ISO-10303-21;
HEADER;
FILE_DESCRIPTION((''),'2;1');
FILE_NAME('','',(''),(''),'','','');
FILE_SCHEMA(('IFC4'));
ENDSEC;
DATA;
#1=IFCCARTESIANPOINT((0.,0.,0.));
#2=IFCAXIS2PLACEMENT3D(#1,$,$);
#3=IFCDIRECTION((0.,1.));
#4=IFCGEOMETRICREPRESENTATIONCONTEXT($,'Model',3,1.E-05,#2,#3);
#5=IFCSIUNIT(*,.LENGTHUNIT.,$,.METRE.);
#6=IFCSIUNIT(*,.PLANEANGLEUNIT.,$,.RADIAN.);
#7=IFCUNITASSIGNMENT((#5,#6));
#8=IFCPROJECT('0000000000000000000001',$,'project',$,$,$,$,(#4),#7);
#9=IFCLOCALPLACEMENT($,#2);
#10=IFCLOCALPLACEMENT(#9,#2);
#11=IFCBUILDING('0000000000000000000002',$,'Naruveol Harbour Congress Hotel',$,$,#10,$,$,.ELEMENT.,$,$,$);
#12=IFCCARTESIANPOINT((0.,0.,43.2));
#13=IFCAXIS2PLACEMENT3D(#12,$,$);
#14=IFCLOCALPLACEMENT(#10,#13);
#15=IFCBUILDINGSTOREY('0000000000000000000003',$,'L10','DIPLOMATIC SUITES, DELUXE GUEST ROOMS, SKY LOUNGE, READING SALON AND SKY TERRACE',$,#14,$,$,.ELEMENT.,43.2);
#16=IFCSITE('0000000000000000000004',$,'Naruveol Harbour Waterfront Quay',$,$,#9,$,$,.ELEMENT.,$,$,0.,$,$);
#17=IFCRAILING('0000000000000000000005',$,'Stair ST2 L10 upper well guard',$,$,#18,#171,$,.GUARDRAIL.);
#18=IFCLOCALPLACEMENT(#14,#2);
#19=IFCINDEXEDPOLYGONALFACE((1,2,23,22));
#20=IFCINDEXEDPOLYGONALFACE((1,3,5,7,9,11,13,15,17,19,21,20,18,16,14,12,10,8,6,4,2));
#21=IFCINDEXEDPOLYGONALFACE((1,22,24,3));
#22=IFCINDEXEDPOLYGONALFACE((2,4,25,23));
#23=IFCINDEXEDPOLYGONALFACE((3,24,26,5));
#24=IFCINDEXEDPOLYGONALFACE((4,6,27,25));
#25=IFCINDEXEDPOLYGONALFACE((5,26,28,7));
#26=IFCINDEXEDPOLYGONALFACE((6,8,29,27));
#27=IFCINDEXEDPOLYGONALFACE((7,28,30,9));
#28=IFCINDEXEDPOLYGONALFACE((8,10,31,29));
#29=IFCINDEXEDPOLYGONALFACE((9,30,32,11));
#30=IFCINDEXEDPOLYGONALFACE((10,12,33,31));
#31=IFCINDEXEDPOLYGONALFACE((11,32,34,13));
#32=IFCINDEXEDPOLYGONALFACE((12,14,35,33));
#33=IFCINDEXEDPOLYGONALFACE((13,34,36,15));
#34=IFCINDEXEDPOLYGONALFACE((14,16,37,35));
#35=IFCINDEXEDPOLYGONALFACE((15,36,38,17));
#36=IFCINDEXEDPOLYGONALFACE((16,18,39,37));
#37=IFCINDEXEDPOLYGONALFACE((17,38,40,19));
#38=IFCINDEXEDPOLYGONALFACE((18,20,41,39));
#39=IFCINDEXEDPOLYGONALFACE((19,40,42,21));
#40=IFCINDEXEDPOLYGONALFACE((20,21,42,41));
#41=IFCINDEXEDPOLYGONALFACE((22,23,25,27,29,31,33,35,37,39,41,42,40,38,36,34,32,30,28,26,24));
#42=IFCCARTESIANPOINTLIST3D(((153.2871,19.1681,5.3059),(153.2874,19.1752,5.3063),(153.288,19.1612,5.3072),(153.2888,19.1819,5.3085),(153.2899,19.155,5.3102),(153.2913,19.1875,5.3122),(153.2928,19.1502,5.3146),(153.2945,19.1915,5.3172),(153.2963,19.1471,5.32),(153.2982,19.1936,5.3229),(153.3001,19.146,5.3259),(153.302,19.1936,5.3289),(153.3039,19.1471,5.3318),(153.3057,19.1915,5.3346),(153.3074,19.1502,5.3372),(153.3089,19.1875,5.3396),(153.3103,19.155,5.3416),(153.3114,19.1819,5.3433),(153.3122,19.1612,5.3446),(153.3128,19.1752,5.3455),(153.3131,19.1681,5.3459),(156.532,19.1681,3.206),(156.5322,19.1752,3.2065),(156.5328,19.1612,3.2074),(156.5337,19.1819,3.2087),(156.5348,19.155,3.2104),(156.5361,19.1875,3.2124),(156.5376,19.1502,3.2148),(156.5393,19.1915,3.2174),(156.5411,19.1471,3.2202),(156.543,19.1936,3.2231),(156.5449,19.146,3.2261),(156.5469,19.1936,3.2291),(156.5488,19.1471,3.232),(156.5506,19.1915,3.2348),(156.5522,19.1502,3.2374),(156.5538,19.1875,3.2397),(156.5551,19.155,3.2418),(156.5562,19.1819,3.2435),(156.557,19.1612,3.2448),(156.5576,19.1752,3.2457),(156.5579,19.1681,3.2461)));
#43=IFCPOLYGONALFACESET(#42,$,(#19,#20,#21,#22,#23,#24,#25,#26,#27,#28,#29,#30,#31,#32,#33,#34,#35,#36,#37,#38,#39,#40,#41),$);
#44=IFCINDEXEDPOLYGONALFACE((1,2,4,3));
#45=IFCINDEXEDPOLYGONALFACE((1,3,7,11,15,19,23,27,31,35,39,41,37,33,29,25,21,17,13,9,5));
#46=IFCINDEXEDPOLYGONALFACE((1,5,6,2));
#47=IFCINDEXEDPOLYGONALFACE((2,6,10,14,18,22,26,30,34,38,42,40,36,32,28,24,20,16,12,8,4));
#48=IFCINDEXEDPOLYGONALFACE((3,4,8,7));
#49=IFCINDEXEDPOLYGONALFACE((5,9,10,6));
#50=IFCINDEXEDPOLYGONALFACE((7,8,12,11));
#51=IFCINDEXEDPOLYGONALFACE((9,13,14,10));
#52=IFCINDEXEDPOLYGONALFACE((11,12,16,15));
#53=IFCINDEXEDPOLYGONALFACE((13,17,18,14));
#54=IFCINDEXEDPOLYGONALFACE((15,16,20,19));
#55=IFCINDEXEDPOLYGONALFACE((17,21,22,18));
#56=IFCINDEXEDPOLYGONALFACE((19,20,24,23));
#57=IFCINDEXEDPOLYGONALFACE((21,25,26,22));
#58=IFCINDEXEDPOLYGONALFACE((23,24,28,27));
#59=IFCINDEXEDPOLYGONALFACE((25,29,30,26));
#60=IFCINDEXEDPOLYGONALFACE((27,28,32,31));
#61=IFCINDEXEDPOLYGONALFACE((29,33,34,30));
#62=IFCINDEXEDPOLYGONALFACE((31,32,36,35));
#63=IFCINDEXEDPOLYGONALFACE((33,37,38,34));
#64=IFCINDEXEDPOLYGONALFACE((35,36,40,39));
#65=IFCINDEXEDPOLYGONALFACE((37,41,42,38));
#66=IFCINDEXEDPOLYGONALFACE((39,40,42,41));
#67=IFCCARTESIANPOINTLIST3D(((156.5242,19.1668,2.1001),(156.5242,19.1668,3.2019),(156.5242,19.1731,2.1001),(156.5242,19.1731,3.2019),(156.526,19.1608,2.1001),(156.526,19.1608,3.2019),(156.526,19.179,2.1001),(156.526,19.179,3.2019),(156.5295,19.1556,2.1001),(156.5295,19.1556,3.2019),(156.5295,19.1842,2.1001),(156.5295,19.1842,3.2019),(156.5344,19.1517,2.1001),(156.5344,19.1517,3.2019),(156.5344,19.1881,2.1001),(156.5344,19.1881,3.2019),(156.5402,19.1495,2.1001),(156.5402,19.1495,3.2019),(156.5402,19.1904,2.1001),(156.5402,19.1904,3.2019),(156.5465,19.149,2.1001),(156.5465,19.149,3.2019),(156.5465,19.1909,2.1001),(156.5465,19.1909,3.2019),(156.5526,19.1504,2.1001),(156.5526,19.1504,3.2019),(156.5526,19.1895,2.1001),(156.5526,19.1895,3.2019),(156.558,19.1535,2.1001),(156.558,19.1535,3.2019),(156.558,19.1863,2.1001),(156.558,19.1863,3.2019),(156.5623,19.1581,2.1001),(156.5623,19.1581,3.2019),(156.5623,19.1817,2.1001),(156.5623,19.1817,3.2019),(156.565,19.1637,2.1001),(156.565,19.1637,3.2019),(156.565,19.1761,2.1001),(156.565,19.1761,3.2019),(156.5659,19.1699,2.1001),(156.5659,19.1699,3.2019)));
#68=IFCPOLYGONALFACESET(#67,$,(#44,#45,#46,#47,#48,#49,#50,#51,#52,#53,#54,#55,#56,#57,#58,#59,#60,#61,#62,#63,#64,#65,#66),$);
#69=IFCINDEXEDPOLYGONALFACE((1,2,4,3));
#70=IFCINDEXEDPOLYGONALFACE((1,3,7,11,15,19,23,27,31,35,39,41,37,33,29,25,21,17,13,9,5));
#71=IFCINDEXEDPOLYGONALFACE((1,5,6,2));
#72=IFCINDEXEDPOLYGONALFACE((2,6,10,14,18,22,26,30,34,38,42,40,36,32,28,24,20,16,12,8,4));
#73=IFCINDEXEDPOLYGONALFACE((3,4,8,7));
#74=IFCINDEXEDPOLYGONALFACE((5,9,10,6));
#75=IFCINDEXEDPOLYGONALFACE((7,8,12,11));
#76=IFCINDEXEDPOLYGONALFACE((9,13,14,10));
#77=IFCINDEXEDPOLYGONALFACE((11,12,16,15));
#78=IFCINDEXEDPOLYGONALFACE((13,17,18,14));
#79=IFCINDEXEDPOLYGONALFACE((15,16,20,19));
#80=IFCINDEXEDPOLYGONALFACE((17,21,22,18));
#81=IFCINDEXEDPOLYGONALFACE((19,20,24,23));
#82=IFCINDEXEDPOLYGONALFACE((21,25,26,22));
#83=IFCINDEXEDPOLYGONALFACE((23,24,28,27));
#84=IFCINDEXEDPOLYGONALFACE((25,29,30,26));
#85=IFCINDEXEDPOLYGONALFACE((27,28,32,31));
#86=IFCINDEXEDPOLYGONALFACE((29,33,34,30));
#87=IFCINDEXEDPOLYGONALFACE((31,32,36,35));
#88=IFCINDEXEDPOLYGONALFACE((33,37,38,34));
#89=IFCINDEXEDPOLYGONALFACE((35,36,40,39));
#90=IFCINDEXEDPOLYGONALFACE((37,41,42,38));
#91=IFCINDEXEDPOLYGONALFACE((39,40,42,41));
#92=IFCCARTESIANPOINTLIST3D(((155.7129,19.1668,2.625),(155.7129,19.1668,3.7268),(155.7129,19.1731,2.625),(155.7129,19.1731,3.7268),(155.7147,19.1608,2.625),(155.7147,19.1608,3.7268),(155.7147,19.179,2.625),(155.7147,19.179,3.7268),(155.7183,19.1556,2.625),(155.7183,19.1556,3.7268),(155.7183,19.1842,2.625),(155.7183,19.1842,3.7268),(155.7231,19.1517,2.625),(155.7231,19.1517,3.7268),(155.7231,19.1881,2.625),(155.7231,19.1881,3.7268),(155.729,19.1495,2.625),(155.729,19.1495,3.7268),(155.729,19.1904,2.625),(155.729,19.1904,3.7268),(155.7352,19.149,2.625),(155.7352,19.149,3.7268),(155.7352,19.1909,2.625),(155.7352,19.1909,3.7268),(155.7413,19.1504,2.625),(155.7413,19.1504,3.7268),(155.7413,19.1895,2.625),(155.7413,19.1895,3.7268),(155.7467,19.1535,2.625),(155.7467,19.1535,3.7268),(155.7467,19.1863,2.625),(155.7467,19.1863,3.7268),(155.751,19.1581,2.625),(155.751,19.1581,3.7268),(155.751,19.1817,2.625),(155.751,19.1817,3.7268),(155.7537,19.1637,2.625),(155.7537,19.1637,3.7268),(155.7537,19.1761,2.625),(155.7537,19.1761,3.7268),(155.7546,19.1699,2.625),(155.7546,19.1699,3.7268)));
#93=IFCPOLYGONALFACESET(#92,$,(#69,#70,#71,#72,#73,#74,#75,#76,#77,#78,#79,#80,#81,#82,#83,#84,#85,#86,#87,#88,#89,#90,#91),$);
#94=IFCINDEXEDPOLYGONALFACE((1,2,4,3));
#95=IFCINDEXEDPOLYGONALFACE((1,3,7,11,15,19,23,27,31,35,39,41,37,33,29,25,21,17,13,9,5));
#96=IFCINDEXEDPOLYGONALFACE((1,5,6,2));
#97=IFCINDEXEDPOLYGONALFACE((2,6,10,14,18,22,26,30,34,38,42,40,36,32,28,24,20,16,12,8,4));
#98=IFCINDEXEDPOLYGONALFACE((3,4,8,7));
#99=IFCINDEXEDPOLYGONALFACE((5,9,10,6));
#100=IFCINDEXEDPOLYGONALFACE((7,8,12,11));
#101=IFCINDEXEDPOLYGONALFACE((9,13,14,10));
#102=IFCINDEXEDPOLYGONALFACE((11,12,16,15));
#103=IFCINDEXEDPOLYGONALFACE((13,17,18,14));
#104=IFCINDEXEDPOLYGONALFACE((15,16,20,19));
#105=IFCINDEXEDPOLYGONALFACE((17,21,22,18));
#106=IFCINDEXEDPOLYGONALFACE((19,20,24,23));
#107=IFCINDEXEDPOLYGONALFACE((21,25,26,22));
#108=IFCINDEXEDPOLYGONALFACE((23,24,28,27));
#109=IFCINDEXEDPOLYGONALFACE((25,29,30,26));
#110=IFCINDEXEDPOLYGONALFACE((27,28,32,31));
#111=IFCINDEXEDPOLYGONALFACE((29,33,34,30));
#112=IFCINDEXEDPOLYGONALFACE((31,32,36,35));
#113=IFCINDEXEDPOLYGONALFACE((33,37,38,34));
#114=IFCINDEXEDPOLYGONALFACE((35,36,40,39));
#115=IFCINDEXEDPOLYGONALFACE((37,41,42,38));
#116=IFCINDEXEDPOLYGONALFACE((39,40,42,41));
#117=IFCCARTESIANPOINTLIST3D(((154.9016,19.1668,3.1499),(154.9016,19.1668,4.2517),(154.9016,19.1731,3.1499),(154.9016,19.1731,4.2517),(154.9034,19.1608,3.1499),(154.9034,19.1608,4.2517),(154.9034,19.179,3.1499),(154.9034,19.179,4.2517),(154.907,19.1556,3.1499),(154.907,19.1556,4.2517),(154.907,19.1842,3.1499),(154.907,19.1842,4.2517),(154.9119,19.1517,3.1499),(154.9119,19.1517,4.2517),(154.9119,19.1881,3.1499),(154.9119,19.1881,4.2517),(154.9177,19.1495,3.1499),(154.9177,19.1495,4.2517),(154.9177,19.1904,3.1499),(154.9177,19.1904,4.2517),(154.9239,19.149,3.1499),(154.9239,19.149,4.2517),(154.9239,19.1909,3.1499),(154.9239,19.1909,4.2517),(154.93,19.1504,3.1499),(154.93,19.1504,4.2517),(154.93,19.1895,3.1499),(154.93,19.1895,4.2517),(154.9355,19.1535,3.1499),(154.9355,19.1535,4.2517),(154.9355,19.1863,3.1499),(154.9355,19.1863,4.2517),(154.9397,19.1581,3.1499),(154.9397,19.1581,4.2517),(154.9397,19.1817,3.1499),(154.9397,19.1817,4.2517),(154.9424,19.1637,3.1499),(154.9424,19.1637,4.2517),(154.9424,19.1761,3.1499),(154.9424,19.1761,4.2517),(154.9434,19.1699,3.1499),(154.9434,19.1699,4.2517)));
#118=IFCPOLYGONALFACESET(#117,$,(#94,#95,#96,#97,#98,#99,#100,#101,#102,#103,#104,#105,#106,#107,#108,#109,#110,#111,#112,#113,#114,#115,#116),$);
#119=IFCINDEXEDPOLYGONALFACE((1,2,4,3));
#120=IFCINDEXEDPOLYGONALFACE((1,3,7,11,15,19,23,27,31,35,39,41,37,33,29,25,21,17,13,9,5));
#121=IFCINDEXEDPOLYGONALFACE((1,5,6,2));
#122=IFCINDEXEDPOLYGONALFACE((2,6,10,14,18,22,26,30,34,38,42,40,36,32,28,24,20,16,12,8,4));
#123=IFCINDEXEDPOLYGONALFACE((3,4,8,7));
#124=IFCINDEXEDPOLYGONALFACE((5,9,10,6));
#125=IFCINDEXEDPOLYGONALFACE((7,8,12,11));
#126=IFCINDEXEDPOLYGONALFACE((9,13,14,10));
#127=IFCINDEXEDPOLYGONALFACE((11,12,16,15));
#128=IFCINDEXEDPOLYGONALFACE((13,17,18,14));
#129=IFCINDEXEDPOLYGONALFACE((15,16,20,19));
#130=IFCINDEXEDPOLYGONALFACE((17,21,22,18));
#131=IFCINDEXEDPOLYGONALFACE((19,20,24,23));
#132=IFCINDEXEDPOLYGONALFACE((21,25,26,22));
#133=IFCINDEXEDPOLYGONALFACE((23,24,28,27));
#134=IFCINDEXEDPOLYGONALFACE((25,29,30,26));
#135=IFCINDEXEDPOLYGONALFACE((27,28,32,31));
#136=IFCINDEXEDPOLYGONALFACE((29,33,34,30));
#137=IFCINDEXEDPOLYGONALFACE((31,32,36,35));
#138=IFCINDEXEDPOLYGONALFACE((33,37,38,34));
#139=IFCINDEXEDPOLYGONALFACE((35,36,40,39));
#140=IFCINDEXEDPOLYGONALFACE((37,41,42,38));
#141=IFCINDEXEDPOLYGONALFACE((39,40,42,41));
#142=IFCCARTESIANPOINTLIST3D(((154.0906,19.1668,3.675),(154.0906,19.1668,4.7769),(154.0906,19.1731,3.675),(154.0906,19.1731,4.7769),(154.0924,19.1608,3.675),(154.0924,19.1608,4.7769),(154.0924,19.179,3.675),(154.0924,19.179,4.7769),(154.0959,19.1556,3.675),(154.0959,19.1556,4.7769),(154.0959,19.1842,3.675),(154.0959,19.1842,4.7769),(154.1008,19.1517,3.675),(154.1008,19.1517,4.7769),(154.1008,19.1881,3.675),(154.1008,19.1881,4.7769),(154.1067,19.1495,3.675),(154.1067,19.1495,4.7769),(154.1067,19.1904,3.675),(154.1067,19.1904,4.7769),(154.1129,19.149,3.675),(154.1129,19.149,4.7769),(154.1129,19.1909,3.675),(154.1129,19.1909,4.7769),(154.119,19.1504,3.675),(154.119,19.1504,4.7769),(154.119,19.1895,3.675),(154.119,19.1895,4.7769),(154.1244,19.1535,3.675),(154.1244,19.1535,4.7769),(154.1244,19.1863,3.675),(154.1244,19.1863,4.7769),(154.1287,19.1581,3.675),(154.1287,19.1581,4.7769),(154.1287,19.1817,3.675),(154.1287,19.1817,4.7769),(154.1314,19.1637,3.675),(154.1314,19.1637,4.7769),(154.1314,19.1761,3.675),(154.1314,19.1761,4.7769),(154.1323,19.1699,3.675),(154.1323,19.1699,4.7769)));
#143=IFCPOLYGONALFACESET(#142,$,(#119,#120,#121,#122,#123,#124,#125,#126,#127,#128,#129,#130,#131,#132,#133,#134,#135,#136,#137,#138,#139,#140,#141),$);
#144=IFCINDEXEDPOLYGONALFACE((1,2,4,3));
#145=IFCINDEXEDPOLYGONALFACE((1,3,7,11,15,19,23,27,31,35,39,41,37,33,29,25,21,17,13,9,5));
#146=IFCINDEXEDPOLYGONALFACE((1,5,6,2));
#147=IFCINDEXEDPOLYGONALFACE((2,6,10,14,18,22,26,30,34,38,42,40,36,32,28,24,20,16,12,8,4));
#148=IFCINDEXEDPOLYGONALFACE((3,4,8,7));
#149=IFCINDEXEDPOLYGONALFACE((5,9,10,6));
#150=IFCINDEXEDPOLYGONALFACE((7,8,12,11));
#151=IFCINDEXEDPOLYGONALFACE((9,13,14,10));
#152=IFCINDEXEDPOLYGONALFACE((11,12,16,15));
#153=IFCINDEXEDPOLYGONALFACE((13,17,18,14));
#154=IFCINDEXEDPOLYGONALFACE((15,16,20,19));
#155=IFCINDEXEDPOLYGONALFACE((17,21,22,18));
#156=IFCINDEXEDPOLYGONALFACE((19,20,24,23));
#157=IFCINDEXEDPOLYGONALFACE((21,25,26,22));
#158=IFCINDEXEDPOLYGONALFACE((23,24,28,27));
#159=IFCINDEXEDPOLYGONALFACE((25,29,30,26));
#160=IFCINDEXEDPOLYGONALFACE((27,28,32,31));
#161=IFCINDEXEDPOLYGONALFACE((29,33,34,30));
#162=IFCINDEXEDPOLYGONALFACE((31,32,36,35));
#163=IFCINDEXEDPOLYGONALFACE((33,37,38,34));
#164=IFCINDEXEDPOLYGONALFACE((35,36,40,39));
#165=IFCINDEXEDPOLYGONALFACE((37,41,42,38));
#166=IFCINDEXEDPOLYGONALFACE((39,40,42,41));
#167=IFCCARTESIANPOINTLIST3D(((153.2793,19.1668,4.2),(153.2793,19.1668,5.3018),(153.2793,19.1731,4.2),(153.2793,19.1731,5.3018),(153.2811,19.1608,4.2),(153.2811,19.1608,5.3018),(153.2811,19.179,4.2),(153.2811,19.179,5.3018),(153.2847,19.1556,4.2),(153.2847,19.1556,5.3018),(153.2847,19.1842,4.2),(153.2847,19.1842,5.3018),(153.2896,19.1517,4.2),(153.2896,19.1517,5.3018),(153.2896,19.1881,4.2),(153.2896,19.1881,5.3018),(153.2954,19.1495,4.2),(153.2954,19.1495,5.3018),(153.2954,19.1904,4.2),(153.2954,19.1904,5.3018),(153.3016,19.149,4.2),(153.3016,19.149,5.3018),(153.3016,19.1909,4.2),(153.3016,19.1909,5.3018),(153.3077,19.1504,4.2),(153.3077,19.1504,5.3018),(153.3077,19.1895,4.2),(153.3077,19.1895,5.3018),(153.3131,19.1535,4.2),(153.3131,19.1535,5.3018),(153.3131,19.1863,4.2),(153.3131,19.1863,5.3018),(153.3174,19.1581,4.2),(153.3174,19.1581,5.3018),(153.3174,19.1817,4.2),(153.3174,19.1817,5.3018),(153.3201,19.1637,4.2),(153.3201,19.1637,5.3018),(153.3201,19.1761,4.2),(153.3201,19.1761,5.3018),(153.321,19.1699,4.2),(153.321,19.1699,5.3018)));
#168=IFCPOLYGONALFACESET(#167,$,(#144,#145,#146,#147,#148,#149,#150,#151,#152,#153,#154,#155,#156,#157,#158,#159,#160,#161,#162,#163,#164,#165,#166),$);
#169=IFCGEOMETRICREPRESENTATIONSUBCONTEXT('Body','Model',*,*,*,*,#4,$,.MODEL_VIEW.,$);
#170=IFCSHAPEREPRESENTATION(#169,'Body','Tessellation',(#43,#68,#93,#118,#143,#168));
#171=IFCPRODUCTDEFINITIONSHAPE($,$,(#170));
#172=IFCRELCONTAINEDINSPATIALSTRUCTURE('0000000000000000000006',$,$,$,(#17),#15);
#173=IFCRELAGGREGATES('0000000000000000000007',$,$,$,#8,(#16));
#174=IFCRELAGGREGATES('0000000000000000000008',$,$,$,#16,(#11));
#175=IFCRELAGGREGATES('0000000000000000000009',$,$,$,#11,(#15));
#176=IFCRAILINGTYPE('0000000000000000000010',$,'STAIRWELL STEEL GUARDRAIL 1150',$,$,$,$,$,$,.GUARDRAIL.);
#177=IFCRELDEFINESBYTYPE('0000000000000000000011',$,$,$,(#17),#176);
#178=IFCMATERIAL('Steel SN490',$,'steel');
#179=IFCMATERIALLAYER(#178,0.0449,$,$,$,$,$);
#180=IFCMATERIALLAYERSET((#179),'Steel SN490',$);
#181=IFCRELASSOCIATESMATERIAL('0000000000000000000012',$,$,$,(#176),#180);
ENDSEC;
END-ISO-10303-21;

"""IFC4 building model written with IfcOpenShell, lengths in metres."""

from ifc_helpers import new_model, si_unit, direction, frame, origin, origin_2d, place, context, subcontext, project, spatial, circle, extrude, material, layer, layer_set, type_object, element, save


model = new_model("IFC4")

# Units and contexts
model_context = context("Model", 3, precision=1e-05, world=origin(), true_north=direction((0.0, 1.0)))
body_context = subcontext(model_context, "Body", "Model", "MODEL_VIEW")
ifc_project = project(units=[si_unit("LENGTHUNIT", "METRE"), si_unit("PLANEANGLEUNIT", "RADIAN")], contexts=[model_context])

# Site, building, storey
site_placement = place(None, origin())
site = spatial("IfcSite", under=ifc_project, at=site_placement, Name="Naruveol Harbour Waterfront Quay", CompositionType="ELEMENT", RefElevation=0.0)
building_placement = place(site_placement, origin())
building = spatial("IfcBuilding", under=site, at=building_placement, Name="Naruveol Harbour Congress Hotel", CompositionType="ELEMENT")
storey_placement = place(building_placement, frame((0.0, 0.0, 43.2)))
storey = spatial("IfcBuildingStorey", under=building, at=storey_placement, Name="L10", Description="DIPLOMATIC SUITES, DELUXE GUEST ROOMS, SKY LOUNGE, READING SALON AND SKY TERRACE", CompositionType="ELEMENT", Elevation=43.2)

# Railing
ifc_material_1 = material(Name="Steel SN490", Category="steel")
ifc_layer_1 = layer(ifc_material_1, 0.0449)
ifc_layer_set_1 = layer_set([ifc_layer_1], Name="Steel SN490")
railing_type_1 = type_object("IfcRailingType", Name="STAIRWELL STEEL GUARDRAIL 1150", PredefinedType="GUARDRAIL", material=ifc_layer_set_1)
railing_1_placement = place(storey_placement, frame((156.5449, 19.1699, 2.1001)))
element("IfcRailing", 1, at=railing_1_placement, inside=storey, type_object=railing_type_1, Name="Stair ST2 L10 upper well guard", PredefinedType="GUARDRAIL", context=body_context, shape_type="SweptSolid", body=[
    extrude(circle(Radius=0.0239, at=origin_2d()), frame((0.0, 0.0, 1.126), z_axis=(-0.839543, 0.0, 0.543293), x_axis=(0.0, -1.0, 0.0)), (0.0, 0.0, 1.0), 3.865),
    extrude(circle(Radius=0.021, at=origin_2d()), origin(), (0.0, 0.0, 1.0), 1.1018),
    extrude(circle(Radius=0.021, at=origin_2d()), frame((-0.8113, 0.0, 0.5249)), (0.0, 0.0, 1.0), 1.1018),
    extrude(circle(Radius=0.021, at=origin_2d()), frame((-1.6226, 0.0, 1.0498)), (0.0, 0.0, 1.0), 1.1018),
    extrude(circle(Radius=0.021, at=origin_2d()), frame((-2.4336, 0.0, 1.575)), (0.0, 0.0, 1.0), 1.1018),
    extrude(circle(Radius=0.021, at=origin_2d()), frame((-3.2449, 0.0, 2.0999)), (0.0, 0.0, 1.0), 1.1018),
])

save(model, "model.ifc")
